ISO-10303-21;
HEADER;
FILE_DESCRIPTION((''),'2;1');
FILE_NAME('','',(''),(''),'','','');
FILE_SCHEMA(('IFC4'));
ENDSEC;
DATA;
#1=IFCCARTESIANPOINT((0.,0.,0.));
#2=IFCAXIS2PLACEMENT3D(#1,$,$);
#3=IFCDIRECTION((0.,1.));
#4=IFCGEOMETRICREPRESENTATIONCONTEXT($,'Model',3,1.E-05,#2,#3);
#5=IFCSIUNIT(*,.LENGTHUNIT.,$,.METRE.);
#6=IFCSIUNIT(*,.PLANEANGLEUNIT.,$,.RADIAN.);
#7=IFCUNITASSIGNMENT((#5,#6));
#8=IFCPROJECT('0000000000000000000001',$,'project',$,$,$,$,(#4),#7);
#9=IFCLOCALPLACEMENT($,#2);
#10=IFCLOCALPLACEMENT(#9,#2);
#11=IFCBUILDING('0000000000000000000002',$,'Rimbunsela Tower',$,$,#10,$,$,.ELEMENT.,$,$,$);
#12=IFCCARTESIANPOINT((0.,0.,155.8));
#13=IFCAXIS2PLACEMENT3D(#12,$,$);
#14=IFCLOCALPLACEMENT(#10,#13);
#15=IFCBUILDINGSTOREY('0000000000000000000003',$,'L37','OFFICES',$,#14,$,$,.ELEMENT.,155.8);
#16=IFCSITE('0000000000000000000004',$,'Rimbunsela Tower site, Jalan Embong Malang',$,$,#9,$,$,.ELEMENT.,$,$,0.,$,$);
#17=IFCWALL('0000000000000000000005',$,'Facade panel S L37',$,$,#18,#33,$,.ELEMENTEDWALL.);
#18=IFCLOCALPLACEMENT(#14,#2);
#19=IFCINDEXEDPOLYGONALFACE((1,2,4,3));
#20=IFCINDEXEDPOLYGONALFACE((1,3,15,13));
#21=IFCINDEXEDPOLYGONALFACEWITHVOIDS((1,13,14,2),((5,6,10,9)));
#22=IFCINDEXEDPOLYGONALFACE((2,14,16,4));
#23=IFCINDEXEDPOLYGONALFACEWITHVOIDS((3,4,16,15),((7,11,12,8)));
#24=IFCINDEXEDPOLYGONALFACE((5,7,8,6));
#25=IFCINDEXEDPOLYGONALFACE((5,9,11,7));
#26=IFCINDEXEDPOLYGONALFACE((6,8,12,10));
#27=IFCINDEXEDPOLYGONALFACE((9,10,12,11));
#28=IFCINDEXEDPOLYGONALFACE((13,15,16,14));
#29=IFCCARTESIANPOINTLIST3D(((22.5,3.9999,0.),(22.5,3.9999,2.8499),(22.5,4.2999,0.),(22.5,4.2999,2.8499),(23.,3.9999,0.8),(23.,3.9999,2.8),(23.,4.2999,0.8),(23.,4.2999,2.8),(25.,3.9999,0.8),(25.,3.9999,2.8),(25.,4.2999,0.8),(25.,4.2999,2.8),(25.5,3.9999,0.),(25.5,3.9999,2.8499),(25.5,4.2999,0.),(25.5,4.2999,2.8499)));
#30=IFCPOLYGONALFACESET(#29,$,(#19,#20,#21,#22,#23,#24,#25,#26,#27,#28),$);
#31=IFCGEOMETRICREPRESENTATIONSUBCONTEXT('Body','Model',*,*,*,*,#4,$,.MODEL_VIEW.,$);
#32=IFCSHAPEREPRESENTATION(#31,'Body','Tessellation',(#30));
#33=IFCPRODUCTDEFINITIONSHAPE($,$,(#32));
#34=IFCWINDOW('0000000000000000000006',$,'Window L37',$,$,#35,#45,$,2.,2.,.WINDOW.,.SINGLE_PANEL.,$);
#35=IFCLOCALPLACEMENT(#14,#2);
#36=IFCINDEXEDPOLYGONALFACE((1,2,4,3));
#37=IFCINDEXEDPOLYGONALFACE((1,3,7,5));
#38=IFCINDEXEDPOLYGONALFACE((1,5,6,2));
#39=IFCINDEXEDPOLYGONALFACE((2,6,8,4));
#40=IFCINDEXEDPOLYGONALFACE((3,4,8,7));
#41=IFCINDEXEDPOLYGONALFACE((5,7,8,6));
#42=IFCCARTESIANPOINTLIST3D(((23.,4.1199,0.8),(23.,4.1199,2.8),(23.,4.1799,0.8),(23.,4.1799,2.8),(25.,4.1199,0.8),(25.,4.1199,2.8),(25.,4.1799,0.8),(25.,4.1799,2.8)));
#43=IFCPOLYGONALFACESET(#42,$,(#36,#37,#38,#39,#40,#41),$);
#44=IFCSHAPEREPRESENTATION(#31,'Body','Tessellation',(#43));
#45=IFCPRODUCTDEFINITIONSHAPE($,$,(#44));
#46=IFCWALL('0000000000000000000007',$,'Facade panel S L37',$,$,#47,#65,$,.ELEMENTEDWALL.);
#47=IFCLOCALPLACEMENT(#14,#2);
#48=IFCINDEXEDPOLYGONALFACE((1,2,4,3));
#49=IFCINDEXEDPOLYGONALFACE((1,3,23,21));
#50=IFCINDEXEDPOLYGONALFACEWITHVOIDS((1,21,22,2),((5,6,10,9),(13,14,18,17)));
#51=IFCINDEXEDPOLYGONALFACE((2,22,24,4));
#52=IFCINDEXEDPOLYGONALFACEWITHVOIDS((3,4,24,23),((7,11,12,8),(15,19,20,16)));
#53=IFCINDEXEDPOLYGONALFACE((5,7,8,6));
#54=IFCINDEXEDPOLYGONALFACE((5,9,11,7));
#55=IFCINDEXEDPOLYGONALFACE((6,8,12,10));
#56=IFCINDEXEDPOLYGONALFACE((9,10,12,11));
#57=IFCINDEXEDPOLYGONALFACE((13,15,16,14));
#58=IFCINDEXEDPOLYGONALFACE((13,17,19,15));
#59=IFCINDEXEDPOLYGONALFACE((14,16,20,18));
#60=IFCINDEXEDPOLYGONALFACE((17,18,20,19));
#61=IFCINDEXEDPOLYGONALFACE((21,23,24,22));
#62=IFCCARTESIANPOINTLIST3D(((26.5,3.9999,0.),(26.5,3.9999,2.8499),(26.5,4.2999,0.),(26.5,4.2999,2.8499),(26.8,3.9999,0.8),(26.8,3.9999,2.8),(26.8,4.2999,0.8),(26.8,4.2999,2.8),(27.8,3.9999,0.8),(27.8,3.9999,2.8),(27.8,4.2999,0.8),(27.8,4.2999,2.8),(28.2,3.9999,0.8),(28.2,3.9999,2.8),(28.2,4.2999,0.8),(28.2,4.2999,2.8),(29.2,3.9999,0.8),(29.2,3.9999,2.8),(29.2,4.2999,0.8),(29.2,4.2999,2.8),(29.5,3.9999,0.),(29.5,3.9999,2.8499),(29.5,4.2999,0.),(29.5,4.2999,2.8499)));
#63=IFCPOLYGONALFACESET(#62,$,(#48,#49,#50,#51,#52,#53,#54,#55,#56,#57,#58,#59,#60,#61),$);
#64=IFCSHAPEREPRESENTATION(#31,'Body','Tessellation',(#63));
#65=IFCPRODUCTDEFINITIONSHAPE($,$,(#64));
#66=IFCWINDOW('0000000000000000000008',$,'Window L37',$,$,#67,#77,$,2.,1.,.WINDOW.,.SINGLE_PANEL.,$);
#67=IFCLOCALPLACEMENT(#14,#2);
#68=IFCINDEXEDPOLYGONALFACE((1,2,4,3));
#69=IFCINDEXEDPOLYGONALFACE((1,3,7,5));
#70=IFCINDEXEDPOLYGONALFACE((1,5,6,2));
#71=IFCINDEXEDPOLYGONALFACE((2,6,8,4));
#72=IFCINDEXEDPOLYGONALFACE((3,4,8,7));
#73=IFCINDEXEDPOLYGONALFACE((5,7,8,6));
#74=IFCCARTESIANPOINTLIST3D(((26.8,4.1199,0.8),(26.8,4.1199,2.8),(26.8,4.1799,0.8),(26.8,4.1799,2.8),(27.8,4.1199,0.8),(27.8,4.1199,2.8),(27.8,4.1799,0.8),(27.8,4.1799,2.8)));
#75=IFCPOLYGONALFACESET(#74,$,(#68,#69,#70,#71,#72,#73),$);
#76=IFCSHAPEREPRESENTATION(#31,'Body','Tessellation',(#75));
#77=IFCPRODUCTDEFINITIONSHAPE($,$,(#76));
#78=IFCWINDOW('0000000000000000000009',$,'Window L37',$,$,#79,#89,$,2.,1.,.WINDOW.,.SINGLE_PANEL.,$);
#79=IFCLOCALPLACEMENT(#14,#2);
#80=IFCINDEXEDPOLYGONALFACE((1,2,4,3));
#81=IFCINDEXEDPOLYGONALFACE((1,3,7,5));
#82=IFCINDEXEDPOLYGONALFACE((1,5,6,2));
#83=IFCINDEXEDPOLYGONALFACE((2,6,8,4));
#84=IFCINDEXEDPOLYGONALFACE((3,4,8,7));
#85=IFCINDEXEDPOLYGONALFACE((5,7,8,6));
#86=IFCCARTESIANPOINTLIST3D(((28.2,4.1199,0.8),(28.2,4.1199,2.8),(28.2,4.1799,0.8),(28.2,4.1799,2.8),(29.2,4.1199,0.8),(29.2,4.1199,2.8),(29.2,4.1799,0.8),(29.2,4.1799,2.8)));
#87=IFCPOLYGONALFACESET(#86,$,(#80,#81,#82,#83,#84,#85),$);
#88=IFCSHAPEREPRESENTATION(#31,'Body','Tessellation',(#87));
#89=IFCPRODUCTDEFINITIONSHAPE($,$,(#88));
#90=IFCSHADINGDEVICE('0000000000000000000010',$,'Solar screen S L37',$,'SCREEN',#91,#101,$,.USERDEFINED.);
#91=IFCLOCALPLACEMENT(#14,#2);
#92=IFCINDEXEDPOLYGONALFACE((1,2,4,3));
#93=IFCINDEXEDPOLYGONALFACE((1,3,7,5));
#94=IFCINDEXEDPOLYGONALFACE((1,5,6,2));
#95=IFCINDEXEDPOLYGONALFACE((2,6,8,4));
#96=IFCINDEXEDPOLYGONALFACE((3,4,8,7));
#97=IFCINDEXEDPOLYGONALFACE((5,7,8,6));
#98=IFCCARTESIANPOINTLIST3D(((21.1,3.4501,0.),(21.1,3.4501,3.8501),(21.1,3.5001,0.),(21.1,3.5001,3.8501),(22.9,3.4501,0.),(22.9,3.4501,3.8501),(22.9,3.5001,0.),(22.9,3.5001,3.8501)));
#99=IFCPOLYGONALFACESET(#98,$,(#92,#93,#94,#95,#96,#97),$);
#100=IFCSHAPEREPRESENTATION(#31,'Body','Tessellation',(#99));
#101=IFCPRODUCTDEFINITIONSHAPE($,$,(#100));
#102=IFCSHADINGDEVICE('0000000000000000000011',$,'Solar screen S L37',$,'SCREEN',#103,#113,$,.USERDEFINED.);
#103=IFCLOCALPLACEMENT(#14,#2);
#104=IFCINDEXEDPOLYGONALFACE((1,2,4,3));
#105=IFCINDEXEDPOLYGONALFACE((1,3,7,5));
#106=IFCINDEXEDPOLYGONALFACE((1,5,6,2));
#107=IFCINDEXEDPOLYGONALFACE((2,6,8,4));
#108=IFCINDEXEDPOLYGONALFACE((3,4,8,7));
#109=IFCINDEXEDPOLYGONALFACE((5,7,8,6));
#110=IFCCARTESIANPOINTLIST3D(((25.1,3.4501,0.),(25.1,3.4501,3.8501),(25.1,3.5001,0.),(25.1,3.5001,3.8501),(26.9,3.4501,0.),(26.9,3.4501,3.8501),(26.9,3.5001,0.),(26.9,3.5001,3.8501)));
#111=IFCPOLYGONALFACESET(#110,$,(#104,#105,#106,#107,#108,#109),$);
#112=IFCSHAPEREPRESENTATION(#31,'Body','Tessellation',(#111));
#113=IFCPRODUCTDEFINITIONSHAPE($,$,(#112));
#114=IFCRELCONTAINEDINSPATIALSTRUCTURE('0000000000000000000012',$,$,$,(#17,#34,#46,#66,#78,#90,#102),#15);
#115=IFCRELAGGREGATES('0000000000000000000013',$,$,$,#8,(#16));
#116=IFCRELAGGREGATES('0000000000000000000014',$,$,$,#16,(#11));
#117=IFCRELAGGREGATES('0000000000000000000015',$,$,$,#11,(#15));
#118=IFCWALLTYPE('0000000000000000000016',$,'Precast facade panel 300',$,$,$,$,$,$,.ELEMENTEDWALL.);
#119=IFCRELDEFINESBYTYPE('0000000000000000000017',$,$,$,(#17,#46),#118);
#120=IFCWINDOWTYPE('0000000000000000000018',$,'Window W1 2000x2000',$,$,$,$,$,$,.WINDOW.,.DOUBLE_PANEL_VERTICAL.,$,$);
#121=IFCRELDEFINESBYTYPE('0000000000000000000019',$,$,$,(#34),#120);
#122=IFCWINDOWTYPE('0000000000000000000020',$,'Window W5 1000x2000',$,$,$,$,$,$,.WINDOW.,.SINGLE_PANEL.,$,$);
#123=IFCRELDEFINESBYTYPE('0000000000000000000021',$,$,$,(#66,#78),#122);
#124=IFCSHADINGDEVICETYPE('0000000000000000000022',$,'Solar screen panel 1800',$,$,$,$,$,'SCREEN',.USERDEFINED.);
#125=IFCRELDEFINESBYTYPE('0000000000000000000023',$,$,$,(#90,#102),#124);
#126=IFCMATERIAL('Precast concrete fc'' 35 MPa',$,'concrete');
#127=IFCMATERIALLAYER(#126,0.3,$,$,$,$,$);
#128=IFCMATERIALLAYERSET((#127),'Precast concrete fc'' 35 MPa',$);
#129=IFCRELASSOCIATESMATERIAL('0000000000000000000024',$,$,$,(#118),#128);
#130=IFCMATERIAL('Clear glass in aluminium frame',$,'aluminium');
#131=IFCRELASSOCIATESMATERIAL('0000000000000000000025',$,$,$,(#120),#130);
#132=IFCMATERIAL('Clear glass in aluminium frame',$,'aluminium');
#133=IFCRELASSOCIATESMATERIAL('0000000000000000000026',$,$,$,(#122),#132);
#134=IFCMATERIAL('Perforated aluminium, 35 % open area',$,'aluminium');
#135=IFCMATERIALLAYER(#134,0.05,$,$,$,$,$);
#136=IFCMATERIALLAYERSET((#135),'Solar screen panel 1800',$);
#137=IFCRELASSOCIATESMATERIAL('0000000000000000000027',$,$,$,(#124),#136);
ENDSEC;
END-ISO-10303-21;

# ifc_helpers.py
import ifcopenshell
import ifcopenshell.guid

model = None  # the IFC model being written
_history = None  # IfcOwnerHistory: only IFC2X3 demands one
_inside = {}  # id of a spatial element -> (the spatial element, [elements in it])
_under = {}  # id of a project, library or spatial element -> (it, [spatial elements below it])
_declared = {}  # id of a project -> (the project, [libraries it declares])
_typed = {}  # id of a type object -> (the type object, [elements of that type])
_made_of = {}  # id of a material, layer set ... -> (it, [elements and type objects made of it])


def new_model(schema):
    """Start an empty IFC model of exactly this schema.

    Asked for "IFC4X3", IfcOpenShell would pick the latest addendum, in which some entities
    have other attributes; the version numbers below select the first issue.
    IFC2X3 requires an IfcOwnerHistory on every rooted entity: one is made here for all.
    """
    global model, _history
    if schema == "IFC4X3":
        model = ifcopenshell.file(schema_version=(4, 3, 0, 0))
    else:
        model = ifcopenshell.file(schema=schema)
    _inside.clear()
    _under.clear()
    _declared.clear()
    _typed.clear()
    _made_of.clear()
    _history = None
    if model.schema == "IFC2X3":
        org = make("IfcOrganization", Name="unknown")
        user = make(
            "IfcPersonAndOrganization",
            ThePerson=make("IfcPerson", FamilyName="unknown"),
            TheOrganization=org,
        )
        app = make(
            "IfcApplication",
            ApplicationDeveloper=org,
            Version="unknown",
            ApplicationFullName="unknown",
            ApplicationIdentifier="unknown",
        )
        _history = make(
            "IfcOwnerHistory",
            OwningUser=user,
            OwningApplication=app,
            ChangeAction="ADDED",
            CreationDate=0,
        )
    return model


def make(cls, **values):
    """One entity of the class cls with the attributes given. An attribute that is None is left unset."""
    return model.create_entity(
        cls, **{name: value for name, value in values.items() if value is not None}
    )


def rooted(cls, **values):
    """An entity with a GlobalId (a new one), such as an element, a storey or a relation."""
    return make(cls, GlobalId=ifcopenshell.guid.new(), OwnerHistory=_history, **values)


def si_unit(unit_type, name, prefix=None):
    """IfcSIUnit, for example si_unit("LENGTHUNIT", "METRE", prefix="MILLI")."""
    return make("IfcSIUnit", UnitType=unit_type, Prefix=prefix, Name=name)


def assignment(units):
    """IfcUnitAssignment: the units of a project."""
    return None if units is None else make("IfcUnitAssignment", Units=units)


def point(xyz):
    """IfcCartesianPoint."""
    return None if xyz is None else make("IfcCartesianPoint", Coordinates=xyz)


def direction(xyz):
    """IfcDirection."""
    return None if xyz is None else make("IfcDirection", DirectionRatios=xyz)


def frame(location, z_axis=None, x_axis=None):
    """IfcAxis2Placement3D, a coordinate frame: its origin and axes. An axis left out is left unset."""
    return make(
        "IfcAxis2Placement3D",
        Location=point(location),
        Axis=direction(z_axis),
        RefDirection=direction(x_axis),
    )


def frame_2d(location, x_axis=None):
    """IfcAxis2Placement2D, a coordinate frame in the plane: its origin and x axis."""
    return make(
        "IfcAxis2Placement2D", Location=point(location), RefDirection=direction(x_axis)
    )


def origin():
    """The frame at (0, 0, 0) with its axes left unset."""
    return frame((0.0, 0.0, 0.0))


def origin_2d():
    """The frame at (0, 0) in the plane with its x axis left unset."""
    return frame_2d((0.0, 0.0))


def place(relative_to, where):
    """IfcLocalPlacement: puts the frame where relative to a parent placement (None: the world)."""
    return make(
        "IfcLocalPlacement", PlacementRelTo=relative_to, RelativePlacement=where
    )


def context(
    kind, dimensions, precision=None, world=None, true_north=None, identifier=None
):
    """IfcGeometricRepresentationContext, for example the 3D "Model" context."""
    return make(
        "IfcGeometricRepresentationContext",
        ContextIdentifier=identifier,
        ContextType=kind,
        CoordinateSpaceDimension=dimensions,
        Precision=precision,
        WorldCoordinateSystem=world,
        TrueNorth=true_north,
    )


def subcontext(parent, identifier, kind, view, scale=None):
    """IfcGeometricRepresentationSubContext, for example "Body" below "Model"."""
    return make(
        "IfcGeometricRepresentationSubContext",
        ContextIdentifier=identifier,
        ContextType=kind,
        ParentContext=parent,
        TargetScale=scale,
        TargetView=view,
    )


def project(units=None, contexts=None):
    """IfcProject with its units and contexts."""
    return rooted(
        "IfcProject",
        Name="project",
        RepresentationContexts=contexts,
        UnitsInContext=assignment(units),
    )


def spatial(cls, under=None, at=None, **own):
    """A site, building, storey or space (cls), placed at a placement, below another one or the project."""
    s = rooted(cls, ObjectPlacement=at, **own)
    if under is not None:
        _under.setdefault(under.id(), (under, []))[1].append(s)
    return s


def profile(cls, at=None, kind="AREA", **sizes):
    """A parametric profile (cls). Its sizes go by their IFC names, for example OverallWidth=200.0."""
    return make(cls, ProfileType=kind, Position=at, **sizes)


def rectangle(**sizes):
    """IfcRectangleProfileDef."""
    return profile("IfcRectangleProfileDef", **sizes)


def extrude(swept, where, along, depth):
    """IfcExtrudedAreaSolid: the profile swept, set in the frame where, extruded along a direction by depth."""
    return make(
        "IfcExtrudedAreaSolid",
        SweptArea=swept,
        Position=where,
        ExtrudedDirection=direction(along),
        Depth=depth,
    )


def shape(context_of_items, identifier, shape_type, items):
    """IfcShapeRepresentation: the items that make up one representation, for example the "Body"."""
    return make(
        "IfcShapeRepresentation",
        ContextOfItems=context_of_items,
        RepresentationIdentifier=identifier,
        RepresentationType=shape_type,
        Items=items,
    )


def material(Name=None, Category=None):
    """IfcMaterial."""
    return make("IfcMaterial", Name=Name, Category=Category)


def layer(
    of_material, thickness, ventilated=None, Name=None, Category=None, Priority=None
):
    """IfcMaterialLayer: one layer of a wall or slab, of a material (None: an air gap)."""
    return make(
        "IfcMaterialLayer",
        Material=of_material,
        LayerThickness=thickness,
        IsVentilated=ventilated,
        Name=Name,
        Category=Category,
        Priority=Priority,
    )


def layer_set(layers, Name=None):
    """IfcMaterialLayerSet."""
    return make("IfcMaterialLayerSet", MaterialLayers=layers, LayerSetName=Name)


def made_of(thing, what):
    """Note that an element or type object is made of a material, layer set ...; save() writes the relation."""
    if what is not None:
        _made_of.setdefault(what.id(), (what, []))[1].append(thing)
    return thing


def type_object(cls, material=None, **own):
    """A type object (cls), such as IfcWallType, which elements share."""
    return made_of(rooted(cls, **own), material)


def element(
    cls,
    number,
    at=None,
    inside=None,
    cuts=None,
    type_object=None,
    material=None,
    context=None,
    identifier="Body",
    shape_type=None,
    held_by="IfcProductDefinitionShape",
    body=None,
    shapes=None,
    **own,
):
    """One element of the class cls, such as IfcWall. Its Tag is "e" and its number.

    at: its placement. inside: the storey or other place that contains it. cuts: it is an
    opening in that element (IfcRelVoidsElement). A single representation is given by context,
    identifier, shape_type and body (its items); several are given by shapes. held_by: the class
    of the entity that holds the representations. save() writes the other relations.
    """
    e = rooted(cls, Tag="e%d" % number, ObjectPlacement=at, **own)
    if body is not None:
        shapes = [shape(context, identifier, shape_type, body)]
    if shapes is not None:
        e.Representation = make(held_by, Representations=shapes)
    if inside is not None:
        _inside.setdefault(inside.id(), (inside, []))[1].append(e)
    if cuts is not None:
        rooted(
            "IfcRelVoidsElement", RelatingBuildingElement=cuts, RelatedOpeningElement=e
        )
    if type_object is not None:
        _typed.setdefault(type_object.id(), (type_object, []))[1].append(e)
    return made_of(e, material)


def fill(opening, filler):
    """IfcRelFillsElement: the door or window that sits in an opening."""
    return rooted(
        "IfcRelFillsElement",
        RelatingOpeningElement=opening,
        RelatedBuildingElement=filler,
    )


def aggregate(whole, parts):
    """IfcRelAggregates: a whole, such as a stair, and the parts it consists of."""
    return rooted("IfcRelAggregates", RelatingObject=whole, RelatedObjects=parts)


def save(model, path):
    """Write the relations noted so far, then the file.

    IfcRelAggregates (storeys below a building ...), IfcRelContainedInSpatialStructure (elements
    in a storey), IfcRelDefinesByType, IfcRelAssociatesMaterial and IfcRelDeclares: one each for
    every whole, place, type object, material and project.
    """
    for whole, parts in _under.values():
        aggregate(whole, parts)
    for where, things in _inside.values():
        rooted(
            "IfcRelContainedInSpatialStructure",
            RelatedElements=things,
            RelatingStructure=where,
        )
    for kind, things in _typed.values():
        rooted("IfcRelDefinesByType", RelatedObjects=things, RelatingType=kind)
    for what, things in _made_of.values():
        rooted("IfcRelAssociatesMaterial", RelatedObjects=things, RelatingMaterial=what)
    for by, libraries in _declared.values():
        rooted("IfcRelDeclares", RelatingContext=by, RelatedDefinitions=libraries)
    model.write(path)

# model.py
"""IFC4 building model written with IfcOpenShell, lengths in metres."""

from ifc_helpers import new_model, si_unit, direction, frame, frame_2d, origin, origin_2d, place, context, subcontext, project, spatial, rectangle, extrude, material, layer, layer_set, type_object, element, fill, save


model = new_model("IFC4")

# Units and contexts
model_context = context("Model", 3, precision=1e-05, world=origin(), true_north=direction((0.0, 1.0)))
body_context = subcontext(model_context, "Body", "Model", "MODEL_VIEW")
ifc_project = project(units=[si_unit("LENGTHUNIT", "METRE"), si_unit("PLANEANGLEUNIT", "RADIAN")], contexts=[model_context])

# Site, building, storey
site_placement = place(None, origin())
site = spatial("IfcSite", under=ifc_project, at=site_placement, Name="Rimbunsela Tower site, Jalan Embong Malang", CompositionType="ELEMENT", RefElevation=0.0)
building_placement = place(site_placement, origin())
building = spatial("IfcBuilding", under=site, at=building_placement, Name="Rimbunsela Tower", CompositionType="ELEMENT")
storey_placement = place(building_placement, frame((0.0, 0.0, 155.8)))
storey = spatial("IfcBuildingStorey", under=building, at=storey_placement, Name="L37", Description="OFFICES", CompositionType="ELEMENT", Elevation=155.8)

# Wall, opening, window
ifc_material_1 = material(Name="Precast concrete fc' 35 MPa", Category="concrete")
ifc_layer_1 = layer(ifc_material_1, 0.3)
ifc_layer_set_1 = layer_set([ifc_layer_1], Name="Precast concrete fc' 35 MPa")
wall_type = type_object("IfcWallType", Name="Precast facade panel 300", PredefinedType="ELEMENTEDWALL", material=ifc_layer_set_1)
ifc_material_2 = material(Name="Clear glass in aluminium frame", Category="aluminium")
window_type_1 = type_object("IfcWindowType", Name="Window W1 2000x2000", PartitioningType="DOUBLE_PANEL_VERTICAL", PredefinedType="WINDOW", material=ifc_material_2)
wall_1_placement = place(storey_placement, frame((22.5, 4.1499, 0.0), z_axis=(0.0, 0.0, 1.0), x_axis=(1.0, 0.0, 0.0)))
wall_1 = element("IfcWall", 1, at=wall_1_placement, inside=storey, type_object=wall_type, Name="Facade panel S L37", PredefinedType="ELEMENTEDWALL", context=body_context, shape_type="SweptSolid", body=[
    extrude(rectangle(XDim=3.0, YDim=0.3, at=frame_2d((1.5, 0.0))), origin(), (0.0, 0.0, 1.0), 2.8499),
])
opening_1_placement = place(wall_1_placement, frame((0.5, 0.0, 0.8)))
opening_1 = element("IfcOpeningElement", 2, at=opening_1_placement, cuts=wall_1, PredefinedType="OPENING", context=body_context, shape_type="SweptSolid", body=[
    extrude(rectangle(XDim=2.0, YDim=2.0, at=frame_2d((1.0, 1.0))), frame((0.0, 0.1599, 0.0), z_axis=(0.0, -1.0, 0.0), x_axis=(1.0, 0.0, 0.0)), (0.0, 0.0, 1.0), 0.3201),
])
window_1_placement = place(opening_1_placement, origin())
window_1 = element("IfcWindow", 3, at=window_1_placement, inside=storey, type_object=window_type_1, Name="Window L37", OverallHeight=2.0, OverallWidth=2.0, PartitioningType="SINGLE_PANEL", PredefinedType="WINDOW", context=body_context, shape_type="SweptSolid", body=[
    extrude(rectangle(XDim=2.0, YDim=2.0, at=frame_2d((1.0, 1.0))), frame((0.0, 0.03, 0.0), z_axis=(0.0, -1.0, 0.0), x_axis=(1.0, 0.0, 0.0)), (0.0, 0.0, 1.0), 0.0601),
])
fill(opening_1, window_1)

# Wall, openings, windows
wall_2_placement = place(storey_placement, frame((26.5, 4.1499, 0.0), z_axis=(0.0, 0.0, 1.0), x_axis=(1.0, 0.0, 0.0)))
wall_2 = element("IfcWall", 4, at=wall_2_placement, inside=storey, type_object=wall_type, Name="Facade panel S L37", PredefinedType="ELEMENTEDWALL", context=body_context, shape_type="SweptSolid", body=[
    extrude(rectangle(XDim=3.0, YDim=0.3, at=frame_2d((1.5, 0.0))), origin(), (0.0, 0.0, 1.0), 2.8499),
])
opening_2_placement = place(wall_2_placement, frame((0.3, 0.0, 0.8)))
opening_2 = element("IfcOpeningElement", 5, at=opening_2_placement, cuts=wall_2, PredefinedType="OPENING", context=body_context, shape_type="SweptSolid", body=[
    extrude(rectangle(XDim=1.0, YDim=2.0, at=frame_2d((0.5, 1.0))), frame((0.0, 0.1599, 0.0), z_axis=(0.0, -1.0, 0.0), x_axis=(1.0, 0.0, 0.0)), (0.0, 0.0, 1.0), 0.3201),
])
opening_3_placement = place(wall_2_placement, frame((1.7, 0.0, 0.8)))
opening_3 = element("IfcOpeningElement", 6, at=opening_3_placement, cuts=wall_2, PredefinedType="OPENING", context=body_context, shape_type="SweptSolid", body=[
    extrude(rectangle(XDim=1.0, YDim=2.0, at=frame_2d((0.5, 1.0))), frame((0.0, 0.1599, 0.0), z_axis=(0.0, -1.0, 0.0), x_axis=(1.0, 0.0, 0.0)), (0.0, 0.0, 1.0), 0.3201),
])
ifc_material_3 = material(Name="Clear glass in aluminium frame", Category="aluminium")
window_type_2 = type_object("IfcWindowType", Name="Window W5 1000x2000", PartitioningType="SINGLE_PANEL", PredefinedType="WINDOW", material=ifc_material_3)
window_2_placement = place(opening_2_placement, origin())
window_2 = element("IfcWindow", 7, at=window_2_placement, inside=storey, type_object=window_type_2, Name="Window L37", OverallHeight=2.0, OverallWidth=1.0, PartitioningType="SINGLE_PANEL", PredefinedType="WINDOW", context=body_context, shape_type="SweptSolid", body=[
    extrude(rectangle(XDim=1.0, YDim=2.0, at=frame_2d((0.5, 1.0))), frame((0.0, 0.03, 0.0), z_axis=(0.0, -1.0, 0.0), x_axis=(1.0, 0.0, 0.0)), (0.0, 0.0, 1.0), 0.0601),
])
fill(opening_2, window_2)
window_3_placement = place(opening_3_placement, origin())
window_3 = element("IfcWindow", 8, at=window_3_placement, inside=storey, type_object=window_type_2, Name="Window L37", OverallHeight=2.0, OverallWidth=1.0, PartitioningType="SINGLE_PANEL", PredefinedType="WINDOW", context=body_context, shape_type="SweptSolid", body=[
    extrude(rectangle(XDim=1.0, YDim=2.0, at=frame_2d((0.5, 1.0))), frame((0.0, 0.03, 0.0), z_axis=(0.0, -1.0, 0.0), x_axis=(1.0, 0.0, 0.0)), (0.0, 0.0, 1.0), 0.0601),
])
fill(opening_3, window_3)

# Shading devices
ifc_material_4 = material(Name="Perforated aluminium, 35 % open area", Category="aluminium")
ifc_layer_2 = layer(ifc_material_4, 0.05)
ifc_layer_set_2 = layer_set([ifc_layer_2], Name="Solar screen panel 1800")
shading_device_type = type_object("IfcShadingDeviceType", Name="Solar screen panel 1800", ElementType="SCREEN", PredefinedType="USERDEFINED", material=ifc_layer_set_2)
for number, where, z_axis, x_axis, name in (
    (9, (22.0, 3.4751, 0.0), (0.0, 0.0, 1.0), (1.0, 0.0, 0.0), "Solar screen S L37"),
    (10, (26.0, 3.4751, 0.0), (0.0, 0.0, 1.0), (1.0, 0.0, 0.0), "Solar screen S L37"),
):
    element("IfcShadingDevice", number, at=place(storey_placement, frame(where, z_axis=z_axis, x_axis=x_axis)), inside=storey, type_object=shading_device_type, Name=name, ObjectType="SCREEN", PredefinedType="USERDEFINED", context=body_context, shape_type="SweptSolid", body=[
        extrude(rectangle(XDim=1.8, YDim=0.05, at=origin_2d()), origin(), (0.0, 0.0, 1.0), 3.8501),
    ])

save(model, "model.ifc")
